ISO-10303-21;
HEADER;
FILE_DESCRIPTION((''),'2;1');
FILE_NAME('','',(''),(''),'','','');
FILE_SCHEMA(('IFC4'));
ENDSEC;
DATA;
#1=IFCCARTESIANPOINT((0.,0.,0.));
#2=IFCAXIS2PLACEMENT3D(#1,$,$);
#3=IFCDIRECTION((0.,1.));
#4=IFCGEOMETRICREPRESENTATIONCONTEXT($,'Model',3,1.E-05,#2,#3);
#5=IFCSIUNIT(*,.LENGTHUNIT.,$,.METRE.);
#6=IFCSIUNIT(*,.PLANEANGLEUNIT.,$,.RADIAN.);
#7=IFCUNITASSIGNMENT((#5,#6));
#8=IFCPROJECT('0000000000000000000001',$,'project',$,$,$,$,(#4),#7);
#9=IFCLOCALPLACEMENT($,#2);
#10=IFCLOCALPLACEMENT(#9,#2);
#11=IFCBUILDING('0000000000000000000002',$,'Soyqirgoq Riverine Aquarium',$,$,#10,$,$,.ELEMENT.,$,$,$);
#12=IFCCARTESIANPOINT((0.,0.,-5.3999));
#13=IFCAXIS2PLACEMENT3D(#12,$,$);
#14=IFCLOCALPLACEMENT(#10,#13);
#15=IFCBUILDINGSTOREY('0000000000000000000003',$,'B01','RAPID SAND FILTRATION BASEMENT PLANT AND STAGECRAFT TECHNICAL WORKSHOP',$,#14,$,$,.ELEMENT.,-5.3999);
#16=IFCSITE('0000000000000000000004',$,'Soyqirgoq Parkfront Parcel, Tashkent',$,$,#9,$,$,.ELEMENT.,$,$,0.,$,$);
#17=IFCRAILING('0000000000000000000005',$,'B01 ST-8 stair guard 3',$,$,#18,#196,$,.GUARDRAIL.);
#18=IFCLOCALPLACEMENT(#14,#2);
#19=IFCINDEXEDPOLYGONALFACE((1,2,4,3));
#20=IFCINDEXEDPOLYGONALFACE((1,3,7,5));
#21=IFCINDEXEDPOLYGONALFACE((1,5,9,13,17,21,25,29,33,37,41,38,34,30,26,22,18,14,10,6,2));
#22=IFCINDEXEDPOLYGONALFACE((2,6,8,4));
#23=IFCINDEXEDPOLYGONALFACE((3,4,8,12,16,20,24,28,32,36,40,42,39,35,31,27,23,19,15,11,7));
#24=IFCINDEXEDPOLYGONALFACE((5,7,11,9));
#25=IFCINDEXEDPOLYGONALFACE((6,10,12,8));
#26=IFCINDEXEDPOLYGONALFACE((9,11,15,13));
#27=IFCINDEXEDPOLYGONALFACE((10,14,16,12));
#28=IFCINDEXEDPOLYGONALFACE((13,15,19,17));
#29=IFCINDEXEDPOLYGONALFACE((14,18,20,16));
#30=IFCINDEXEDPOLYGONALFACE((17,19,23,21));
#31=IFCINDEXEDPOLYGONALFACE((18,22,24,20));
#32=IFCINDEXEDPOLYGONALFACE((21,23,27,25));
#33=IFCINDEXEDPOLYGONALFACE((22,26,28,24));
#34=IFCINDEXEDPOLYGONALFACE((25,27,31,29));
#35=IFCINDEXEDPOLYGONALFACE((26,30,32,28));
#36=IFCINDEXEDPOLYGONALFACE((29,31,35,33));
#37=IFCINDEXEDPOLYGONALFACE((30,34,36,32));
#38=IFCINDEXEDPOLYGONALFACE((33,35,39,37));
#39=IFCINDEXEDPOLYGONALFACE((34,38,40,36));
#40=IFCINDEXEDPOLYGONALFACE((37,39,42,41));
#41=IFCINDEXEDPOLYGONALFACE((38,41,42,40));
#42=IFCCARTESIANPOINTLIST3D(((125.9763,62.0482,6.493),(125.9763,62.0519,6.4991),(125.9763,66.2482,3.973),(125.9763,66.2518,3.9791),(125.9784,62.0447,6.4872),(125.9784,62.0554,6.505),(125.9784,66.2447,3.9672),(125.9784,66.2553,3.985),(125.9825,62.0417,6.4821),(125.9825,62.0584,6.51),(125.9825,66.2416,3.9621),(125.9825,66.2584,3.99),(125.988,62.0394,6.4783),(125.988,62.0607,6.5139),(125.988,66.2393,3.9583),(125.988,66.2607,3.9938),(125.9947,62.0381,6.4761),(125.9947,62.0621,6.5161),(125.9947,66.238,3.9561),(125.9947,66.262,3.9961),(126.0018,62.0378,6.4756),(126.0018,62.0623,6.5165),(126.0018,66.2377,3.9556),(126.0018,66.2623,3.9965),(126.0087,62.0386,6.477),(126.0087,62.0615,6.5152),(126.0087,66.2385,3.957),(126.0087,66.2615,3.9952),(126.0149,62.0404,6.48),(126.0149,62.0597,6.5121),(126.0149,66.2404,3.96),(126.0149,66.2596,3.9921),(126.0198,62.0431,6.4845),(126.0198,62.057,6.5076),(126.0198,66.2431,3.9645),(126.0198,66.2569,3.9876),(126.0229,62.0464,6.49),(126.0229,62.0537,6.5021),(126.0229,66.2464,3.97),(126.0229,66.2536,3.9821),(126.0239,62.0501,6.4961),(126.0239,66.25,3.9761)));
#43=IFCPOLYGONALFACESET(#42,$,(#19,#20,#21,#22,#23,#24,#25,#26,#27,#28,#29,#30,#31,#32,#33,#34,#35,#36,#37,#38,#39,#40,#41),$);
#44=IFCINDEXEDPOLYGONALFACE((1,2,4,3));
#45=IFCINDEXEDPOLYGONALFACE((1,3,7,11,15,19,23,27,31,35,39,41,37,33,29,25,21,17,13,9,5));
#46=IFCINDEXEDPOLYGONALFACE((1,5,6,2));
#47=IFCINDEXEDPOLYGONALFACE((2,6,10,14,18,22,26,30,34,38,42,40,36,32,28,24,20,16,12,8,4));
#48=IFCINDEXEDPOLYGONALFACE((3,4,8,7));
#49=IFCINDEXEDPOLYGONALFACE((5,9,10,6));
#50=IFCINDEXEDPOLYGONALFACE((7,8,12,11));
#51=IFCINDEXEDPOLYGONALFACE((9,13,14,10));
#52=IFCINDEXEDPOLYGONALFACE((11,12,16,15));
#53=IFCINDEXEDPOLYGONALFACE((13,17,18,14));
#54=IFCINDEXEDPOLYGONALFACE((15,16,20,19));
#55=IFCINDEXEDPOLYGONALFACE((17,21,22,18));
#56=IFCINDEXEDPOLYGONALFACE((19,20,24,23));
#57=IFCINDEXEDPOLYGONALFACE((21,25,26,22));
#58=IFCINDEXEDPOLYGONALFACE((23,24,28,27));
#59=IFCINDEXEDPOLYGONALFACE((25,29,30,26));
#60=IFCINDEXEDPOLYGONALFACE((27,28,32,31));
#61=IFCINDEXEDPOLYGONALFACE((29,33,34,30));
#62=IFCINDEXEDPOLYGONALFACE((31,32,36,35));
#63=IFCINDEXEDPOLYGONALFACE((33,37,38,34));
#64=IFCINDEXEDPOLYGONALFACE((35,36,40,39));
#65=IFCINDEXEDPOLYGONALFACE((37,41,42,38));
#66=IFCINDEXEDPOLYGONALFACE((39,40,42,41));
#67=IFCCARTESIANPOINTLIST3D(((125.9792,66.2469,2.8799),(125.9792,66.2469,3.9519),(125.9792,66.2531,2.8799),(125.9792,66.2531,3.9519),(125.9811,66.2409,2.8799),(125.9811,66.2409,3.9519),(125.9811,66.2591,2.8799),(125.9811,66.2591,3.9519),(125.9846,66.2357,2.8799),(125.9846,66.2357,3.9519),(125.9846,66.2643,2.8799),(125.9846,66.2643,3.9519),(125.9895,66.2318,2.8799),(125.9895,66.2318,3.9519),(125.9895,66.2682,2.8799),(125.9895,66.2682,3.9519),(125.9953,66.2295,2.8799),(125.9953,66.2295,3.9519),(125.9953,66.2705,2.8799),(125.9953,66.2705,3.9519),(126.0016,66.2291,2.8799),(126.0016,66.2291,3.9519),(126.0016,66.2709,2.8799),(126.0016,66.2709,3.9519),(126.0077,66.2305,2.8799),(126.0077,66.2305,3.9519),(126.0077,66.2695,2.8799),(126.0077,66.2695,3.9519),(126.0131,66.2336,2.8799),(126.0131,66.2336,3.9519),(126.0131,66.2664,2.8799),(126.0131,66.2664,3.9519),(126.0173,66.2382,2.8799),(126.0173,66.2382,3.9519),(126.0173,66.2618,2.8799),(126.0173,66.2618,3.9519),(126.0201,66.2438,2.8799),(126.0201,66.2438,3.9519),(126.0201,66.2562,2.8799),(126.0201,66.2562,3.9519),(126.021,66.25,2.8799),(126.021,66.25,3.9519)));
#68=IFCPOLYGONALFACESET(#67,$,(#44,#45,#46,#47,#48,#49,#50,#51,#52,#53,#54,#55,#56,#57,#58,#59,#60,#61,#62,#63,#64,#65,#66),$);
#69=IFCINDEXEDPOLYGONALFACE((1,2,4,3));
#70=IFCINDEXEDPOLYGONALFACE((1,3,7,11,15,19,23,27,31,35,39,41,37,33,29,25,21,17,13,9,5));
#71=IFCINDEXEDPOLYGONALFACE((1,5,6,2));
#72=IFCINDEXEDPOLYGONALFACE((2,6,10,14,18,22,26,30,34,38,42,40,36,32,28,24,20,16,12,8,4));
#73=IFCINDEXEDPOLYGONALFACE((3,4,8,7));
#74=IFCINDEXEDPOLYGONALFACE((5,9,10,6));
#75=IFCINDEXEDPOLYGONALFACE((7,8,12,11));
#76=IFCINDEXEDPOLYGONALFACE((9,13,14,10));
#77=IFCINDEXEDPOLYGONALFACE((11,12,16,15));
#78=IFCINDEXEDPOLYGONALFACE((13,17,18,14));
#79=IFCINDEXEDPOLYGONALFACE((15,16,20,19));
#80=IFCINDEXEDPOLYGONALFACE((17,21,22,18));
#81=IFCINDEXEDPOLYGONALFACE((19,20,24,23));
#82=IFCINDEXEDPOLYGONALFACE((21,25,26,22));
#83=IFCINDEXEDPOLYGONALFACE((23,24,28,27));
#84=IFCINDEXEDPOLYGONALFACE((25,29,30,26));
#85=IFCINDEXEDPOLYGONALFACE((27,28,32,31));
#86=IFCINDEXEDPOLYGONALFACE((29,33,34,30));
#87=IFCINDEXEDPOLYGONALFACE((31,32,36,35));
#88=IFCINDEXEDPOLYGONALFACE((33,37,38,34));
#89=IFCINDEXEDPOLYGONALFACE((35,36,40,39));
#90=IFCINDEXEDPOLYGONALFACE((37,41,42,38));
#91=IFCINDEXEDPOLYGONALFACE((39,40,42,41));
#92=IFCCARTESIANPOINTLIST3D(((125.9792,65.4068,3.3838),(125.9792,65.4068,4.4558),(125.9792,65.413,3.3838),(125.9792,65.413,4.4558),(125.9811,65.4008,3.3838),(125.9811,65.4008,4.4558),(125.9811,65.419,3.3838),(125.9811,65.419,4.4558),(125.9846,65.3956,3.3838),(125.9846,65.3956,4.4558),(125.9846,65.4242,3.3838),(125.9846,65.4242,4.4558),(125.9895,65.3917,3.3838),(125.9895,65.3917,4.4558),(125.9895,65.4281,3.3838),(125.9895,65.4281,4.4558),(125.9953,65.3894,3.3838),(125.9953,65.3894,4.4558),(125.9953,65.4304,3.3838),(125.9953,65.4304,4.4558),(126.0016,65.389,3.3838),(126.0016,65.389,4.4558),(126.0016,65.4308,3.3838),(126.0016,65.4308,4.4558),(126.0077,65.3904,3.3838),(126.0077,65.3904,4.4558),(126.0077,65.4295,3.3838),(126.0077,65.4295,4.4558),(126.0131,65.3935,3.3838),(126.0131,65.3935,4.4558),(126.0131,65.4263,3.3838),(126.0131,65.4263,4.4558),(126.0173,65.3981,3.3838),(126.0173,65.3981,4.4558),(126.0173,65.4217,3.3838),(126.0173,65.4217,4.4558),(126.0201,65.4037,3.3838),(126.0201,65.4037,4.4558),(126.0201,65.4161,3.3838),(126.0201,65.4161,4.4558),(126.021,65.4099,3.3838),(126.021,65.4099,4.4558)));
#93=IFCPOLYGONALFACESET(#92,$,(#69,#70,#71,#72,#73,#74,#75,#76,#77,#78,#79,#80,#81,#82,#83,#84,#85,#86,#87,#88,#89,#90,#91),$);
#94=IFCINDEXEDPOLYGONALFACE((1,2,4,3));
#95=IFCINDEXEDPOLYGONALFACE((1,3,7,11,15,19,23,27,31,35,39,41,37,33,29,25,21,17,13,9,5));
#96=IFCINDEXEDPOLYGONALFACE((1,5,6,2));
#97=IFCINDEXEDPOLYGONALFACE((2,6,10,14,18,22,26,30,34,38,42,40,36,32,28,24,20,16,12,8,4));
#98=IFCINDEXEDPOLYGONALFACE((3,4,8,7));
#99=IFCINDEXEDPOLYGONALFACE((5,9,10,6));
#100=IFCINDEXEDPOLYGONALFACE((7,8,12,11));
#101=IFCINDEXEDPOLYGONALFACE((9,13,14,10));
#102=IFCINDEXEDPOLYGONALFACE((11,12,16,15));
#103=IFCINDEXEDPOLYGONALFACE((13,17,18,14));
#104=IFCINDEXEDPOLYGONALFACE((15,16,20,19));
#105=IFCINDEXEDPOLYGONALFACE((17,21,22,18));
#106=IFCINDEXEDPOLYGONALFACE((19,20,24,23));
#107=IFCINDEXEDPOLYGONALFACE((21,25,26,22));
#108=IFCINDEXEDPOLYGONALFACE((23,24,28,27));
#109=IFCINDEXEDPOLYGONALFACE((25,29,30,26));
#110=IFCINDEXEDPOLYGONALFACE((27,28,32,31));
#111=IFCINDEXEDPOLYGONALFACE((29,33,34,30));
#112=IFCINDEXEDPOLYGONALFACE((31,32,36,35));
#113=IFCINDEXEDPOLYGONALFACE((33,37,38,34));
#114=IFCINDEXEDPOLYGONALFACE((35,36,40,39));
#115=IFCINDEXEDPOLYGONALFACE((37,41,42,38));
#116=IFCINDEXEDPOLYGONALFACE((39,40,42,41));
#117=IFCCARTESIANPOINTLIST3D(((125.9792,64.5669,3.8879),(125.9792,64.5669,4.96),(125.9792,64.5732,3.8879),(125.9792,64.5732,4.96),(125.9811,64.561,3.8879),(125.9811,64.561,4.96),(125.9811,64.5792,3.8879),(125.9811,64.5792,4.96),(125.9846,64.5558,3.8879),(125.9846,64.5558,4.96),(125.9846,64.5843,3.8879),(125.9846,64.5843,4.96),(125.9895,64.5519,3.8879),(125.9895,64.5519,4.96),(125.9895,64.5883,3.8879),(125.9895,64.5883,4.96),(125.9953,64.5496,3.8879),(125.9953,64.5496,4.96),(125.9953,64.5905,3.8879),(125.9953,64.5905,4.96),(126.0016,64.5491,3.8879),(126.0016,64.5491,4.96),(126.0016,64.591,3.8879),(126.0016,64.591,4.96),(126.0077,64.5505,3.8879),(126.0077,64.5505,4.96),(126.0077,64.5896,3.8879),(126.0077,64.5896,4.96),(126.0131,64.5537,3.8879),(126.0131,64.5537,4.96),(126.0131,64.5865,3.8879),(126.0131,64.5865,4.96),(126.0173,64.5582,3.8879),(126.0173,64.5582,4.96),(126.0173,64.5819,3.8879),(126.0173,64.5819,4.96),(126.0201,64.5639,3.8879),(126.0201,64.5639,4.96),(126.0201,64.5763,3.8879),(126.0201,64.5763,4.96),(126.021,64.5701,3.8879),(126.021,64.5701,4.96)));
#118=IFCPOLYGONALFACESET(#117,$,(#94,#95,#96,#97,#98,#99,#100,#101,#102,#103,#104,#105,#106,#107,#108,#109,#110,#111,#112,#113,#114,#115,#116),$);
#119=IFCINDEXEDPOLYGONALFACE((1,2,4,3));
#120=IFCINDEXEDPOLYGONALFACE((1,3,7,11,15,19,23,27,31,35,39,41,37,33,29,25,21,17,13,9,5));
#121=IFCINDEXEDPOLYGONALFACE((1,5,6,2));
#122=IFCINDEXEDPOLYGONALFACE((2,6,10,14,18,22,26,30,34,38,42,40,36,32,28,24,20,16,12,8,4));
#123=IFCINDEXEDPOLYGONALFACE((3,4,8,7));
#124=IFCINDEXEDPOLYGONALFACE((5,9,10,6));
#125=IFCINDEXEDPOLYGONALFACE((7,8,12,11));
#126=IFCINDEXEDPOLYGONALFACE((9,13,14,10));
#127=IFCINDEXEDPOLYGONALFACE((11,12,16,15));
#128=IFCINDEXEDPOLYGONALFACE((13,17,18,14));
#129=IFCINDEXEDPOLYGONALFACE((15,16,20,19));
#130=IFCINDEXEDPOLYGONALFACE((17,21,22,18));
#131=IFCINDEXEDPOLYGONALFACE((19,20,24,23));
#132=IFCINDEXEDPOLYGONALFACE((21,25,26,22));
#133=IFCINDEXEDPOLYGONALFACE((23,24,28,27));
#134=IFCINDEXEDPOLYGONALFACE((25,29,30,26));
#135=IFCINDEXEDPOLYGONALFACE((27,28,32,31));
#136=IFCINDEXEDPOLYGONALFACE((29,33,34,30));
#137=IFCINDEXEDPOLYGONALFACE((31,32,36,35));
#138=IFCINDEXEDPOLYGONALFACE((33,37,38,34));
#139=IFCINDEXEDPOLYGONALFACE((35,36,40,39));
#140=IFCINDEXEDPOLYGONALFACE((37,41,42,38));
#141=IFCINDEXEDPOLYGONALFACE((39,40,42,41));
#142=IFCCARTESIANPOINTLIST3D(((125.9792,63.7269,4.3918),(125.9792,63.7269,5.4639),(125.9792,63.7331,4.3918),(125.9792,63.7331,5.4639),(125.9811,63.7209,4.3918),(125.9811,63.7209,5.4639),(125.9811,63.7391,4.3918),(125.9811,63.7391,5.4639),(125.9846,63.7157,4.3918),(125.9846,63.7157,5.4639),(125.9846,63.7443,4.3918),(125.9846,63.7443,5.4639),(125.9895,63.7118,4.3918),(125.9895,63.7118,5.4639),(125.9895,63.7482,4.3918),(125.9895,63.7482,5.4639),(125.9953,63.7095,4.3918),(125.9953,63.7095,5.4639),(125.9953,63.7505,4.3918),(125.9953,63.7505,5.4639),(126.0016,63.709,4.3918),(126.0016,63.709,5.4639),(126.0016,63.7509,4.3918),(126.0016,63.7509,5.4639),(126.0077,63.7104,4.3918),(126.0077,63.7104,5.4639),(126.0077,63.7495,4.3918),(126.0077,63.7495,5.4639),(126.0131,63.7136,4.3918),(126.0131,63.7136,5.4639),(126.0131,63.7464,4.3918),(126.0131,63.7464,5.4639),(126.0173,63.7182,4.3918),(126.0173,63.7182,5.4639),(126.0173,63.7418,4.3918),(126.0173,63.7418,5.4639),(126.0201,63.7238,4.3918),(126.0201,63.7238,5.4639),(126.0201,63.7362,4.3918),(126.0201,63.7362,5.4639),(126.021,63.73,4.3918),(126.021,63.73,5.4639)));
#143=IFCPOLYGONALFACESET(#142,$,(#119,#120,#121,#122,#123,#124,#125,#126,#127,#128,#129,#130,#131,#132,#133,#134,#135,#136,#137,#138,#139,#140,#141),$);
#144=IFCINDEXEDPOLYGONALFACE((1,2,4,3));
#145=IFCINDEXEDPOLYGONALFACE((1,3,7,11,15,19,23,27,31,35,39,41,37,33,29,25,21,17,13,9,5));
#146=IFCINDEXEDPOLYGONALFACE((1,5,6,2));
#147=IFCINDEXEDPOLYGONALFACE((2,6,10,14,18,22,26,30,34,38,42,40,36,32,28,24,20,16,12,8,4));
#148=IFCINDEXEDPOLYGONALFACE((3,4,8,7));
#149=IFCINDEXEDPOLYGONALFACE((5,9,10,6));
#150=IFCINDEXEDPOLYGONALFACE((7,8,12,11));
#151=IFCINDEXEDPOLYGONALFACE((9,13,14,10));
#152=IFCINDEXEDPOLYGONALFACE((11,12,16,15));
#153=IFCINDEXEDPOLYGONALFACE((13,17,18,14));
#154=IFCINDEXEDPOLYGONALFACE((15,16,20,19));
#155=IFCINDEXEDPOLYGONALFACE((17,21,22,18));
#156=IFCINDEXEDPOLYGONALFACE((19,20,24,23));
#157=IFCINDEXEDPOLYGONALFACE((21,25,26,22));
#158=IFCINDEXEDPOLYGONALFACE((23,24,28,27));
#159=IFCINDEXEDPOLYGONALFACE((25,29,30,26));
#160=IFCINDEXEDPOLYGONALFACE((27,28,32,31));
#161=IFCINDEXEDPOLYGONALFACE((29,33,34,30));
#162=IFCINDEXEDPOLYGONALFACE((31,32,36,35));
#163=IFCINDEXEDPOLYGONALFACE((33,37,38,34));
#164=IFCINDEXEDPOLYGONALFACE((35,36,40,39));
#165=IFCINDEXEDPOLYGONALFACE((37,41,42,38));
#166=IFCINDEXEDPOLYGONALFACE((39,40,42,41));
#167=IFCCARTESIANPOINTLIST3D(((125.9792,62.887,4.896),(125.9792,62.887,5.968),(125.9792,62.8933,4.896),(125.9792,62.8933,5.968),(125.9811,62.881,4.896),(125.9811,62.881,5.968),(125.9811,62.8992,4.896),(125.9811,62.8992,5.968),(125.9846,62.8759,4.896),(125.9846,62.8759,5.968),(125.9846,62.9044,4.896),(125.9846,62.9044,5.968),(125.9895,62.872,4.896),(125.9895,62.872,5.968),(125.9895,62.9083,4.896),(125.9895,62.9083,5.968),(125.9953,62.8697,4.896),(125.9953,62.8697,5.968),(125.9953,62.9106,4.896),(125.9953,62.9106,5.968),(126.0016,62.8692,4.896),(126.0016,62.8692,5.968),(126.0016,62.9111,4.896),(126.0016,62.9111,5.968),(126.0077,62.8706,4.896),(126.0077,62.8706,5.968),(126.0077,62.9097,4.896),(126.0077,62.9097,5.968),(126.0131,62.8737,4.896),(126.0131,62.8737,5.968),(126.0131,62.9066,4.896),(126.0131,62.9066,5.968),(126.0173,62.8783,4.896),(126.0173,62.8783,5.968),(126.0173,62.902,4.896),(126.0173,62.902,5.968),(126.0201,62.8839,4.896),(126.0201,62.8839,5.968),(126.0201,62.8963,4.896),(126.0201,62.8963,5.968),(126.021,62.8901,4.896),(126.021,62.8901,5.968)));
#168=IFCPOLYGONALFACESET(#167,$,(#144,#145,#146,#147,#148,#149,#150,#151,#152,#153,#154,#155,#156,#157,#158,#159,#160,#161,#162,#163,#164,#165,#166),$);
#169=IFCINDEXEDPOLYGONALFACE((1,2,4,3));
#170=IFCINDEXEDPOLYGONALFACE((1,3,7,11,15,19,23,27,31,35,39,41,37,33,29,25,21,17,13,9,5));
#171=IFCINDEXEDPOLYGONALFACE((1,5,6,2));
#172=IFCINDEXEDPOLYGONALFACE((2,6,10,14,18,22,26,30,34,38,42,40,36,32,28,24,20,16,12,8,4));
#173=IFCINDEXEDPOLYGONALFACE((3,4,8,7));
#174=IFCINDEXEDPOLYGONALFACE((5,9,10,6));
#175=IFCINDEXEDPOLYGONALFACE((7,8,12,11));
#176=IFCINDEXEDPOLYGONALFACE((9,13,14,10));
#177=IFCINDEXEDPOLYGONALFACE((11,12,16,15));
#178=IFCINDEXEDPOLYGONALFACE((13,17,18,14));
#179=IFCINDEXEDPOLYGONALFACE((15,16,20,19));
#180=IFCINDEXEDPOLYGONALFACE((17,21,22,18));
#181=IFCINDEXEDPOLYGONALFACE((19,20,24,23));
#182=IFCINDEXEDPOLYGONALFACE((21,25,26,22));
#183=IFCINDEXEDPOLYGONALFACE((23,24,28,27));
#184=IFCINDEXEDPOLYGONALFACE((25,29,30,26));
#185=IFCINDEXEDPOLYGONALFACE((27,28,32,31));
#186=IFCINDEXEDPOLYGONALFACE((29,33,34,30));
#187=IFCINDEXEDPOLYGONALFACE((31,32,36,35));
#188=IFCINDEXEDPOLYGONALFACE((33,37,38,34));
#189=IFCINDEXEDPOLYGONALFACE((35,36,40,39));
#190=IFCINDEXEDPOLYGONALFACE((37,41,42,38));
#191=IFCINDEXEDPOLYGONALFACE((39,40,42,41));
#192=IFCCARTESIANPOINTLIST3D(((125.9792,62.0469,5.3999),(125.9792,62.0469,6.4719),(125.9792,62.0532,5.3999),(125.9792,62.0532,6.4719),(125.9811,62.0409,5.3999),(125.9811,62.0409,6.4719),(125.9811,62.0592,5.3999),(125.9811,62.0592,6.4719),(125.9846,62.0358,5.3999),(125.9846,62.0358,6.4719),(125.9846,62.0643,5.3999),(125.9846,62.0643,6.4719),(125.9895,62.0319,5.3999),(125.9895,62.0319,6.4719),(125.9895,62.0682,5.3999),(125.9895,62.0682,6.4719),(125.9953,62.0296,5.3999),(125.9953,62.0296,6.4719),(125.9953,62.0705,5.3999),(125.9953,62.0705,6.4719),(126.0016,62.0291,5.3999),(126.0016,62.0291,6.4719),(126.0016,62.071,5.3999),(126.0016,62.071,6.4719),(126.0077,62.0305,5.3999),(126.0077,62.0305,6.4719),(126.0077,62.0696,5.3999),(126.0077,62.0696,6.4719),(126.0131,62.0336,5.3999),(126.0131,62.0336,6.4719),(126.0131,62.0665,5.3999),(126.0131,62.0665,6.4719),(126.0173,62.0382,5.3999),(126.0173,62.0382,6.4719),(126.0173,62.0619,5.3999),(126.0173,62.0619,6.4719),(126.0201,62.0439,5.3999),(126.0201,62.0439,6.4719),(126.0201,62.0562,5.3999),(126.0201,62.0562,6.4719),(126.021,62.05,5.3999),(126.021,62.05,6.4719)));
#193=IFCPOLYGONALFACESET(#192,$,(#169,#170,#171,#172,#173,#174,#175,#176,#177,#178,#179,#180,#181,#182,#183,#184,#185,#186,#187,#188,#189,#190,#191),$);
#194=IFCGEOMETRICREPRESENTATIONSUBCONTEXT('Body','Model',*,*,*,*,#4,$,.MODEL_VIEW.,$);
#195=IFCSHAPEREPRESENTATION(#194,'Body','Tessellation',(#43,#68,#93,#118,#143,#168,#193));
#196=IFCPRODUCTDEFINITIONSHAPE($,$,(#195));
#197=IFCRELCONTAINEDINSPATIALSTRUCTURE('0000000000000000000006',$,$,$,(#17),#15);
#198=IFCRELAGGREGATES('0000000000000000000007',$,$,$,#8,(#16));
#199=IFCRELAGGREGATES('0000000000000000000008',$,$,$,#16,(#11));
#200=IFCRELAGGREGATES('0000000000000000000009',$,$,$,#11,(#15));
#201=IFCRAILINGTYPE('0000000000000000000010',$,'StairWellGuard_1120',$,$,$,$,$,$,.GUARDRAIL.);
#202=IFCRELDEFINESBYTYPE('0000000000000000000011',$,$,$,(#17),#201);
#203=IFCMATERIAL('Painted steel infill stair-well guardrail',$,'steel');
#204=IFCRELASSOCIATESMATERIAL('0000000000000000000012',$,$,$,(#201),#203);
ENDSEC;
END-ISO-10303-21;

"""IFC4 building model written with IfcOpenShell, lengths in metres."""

from ifc_helpers import new_model, si_unit, direction, frame, origin, origin_2d, place, context, subcontext, project, spatial, circle, extrude, material, type_object, element, save


model = new_model("IFC4")

# Units and contexts
model_context = context("Model", 3, precision=1e-05, world=origin(), true_north=direction((0.0, 1.0)))
body_context = subcontext(model_context, "Body", "Model", "MODEL_VIEW")
ifc_project = project(units=[si_unit("LENGTHUNIT", "METRE"), si_unit("PLANEANGLEUNIT", "RADIAN")], contexts=[model_context])

# Site, building, storey
site_placement = place(None, origin())
site = spatial("IfcSite", under=ifc_project, at=site_placement, Name="Soyqirgoq Parkfront Parcel, Tashkent", CompositionType="ELEMENT", RefElevation=0.0)
building_placement = place(site_placement, origin())
building = spatial("IfcBuilding", under=site, at=building_placement, Name="Soyqirgoq Riverine Aquarium", CompositionType="ELEMENT")
storey_placement = place(building_placement, frame((0.0, 0.0, -5.3999)))
storey = spatial("IfcBuildingStorey", under=building, at=storey_placement, Name="B01", Description="RAPID SAND FILTRATION BASEMENT PLANT AND STAGECRAFT TECHNICAL WORKSHOP", CompositionType="ELEMENT", Elevation=-5.3999)

# Railing
ifc_material_1 = material(Name="Painted steel infill stair-well guardrail", Category="steel")
railing_type_1 = type_object("IfcRailingType", Name="StairWellGuard_1120", PredefinedType="GUARDRAIL", material=ifc_material_1)
railing_1_placement = place(storey_placement, frame((126.0, 66.25, 2.8799)))
element("IfcRailing", 1, at=railing_1_placement, inside=storey, type_object=railing_type_1, Name="B01 ST-8 stair guard 3", PredefinedType="GUARDRAIL", context=body_context, shape_type="SweptSolid", body=[
    extrude(circle(Radius=0.0239, at=origin_2d()), frame((0.0, 0.0, 1.0962), z_axis=(0.0, -0.857489, 0.514503), x_axis=(1.0, 0.0, 0.0)), (0.0, 0.0, 1.0), 4.8979),
    extrude(circle(Radius=0.021, at=origin_2d()), origin(), (0.0, 0.0, 1.0), 1.072),
    extrude(circle(Radius=0.021, at=origin_2d()), frame((0.0, -0.8401, 0.5039)), (0.0, 0.0, 1.0), 1.072),
    extrude(circle(Radius=0.021, at=origin_2d()), frame((0.0, -1.6799, 1.0081)), (0.0, 0.0, 1.0), 1.072),
    extrude(circle(Radius=0.021, at=origin_2d()), frame((0.0, -2.52, 1.512)), (0.0, 0.0, 1.0), 1.072),
    extrude(circle(Radius=0.021, at=origin_2d()), frame((0.0, -3.3599, 2.0161)), (0.0, 0.0, 1.0), 1.072),
    extrude(circle(Radius=0.021, at=origin_2d()), frame((0.0, -4.2, 2.52)), (0.0, 0.0, 1.0), 1.072),
])

save(model, "model.ifc")
